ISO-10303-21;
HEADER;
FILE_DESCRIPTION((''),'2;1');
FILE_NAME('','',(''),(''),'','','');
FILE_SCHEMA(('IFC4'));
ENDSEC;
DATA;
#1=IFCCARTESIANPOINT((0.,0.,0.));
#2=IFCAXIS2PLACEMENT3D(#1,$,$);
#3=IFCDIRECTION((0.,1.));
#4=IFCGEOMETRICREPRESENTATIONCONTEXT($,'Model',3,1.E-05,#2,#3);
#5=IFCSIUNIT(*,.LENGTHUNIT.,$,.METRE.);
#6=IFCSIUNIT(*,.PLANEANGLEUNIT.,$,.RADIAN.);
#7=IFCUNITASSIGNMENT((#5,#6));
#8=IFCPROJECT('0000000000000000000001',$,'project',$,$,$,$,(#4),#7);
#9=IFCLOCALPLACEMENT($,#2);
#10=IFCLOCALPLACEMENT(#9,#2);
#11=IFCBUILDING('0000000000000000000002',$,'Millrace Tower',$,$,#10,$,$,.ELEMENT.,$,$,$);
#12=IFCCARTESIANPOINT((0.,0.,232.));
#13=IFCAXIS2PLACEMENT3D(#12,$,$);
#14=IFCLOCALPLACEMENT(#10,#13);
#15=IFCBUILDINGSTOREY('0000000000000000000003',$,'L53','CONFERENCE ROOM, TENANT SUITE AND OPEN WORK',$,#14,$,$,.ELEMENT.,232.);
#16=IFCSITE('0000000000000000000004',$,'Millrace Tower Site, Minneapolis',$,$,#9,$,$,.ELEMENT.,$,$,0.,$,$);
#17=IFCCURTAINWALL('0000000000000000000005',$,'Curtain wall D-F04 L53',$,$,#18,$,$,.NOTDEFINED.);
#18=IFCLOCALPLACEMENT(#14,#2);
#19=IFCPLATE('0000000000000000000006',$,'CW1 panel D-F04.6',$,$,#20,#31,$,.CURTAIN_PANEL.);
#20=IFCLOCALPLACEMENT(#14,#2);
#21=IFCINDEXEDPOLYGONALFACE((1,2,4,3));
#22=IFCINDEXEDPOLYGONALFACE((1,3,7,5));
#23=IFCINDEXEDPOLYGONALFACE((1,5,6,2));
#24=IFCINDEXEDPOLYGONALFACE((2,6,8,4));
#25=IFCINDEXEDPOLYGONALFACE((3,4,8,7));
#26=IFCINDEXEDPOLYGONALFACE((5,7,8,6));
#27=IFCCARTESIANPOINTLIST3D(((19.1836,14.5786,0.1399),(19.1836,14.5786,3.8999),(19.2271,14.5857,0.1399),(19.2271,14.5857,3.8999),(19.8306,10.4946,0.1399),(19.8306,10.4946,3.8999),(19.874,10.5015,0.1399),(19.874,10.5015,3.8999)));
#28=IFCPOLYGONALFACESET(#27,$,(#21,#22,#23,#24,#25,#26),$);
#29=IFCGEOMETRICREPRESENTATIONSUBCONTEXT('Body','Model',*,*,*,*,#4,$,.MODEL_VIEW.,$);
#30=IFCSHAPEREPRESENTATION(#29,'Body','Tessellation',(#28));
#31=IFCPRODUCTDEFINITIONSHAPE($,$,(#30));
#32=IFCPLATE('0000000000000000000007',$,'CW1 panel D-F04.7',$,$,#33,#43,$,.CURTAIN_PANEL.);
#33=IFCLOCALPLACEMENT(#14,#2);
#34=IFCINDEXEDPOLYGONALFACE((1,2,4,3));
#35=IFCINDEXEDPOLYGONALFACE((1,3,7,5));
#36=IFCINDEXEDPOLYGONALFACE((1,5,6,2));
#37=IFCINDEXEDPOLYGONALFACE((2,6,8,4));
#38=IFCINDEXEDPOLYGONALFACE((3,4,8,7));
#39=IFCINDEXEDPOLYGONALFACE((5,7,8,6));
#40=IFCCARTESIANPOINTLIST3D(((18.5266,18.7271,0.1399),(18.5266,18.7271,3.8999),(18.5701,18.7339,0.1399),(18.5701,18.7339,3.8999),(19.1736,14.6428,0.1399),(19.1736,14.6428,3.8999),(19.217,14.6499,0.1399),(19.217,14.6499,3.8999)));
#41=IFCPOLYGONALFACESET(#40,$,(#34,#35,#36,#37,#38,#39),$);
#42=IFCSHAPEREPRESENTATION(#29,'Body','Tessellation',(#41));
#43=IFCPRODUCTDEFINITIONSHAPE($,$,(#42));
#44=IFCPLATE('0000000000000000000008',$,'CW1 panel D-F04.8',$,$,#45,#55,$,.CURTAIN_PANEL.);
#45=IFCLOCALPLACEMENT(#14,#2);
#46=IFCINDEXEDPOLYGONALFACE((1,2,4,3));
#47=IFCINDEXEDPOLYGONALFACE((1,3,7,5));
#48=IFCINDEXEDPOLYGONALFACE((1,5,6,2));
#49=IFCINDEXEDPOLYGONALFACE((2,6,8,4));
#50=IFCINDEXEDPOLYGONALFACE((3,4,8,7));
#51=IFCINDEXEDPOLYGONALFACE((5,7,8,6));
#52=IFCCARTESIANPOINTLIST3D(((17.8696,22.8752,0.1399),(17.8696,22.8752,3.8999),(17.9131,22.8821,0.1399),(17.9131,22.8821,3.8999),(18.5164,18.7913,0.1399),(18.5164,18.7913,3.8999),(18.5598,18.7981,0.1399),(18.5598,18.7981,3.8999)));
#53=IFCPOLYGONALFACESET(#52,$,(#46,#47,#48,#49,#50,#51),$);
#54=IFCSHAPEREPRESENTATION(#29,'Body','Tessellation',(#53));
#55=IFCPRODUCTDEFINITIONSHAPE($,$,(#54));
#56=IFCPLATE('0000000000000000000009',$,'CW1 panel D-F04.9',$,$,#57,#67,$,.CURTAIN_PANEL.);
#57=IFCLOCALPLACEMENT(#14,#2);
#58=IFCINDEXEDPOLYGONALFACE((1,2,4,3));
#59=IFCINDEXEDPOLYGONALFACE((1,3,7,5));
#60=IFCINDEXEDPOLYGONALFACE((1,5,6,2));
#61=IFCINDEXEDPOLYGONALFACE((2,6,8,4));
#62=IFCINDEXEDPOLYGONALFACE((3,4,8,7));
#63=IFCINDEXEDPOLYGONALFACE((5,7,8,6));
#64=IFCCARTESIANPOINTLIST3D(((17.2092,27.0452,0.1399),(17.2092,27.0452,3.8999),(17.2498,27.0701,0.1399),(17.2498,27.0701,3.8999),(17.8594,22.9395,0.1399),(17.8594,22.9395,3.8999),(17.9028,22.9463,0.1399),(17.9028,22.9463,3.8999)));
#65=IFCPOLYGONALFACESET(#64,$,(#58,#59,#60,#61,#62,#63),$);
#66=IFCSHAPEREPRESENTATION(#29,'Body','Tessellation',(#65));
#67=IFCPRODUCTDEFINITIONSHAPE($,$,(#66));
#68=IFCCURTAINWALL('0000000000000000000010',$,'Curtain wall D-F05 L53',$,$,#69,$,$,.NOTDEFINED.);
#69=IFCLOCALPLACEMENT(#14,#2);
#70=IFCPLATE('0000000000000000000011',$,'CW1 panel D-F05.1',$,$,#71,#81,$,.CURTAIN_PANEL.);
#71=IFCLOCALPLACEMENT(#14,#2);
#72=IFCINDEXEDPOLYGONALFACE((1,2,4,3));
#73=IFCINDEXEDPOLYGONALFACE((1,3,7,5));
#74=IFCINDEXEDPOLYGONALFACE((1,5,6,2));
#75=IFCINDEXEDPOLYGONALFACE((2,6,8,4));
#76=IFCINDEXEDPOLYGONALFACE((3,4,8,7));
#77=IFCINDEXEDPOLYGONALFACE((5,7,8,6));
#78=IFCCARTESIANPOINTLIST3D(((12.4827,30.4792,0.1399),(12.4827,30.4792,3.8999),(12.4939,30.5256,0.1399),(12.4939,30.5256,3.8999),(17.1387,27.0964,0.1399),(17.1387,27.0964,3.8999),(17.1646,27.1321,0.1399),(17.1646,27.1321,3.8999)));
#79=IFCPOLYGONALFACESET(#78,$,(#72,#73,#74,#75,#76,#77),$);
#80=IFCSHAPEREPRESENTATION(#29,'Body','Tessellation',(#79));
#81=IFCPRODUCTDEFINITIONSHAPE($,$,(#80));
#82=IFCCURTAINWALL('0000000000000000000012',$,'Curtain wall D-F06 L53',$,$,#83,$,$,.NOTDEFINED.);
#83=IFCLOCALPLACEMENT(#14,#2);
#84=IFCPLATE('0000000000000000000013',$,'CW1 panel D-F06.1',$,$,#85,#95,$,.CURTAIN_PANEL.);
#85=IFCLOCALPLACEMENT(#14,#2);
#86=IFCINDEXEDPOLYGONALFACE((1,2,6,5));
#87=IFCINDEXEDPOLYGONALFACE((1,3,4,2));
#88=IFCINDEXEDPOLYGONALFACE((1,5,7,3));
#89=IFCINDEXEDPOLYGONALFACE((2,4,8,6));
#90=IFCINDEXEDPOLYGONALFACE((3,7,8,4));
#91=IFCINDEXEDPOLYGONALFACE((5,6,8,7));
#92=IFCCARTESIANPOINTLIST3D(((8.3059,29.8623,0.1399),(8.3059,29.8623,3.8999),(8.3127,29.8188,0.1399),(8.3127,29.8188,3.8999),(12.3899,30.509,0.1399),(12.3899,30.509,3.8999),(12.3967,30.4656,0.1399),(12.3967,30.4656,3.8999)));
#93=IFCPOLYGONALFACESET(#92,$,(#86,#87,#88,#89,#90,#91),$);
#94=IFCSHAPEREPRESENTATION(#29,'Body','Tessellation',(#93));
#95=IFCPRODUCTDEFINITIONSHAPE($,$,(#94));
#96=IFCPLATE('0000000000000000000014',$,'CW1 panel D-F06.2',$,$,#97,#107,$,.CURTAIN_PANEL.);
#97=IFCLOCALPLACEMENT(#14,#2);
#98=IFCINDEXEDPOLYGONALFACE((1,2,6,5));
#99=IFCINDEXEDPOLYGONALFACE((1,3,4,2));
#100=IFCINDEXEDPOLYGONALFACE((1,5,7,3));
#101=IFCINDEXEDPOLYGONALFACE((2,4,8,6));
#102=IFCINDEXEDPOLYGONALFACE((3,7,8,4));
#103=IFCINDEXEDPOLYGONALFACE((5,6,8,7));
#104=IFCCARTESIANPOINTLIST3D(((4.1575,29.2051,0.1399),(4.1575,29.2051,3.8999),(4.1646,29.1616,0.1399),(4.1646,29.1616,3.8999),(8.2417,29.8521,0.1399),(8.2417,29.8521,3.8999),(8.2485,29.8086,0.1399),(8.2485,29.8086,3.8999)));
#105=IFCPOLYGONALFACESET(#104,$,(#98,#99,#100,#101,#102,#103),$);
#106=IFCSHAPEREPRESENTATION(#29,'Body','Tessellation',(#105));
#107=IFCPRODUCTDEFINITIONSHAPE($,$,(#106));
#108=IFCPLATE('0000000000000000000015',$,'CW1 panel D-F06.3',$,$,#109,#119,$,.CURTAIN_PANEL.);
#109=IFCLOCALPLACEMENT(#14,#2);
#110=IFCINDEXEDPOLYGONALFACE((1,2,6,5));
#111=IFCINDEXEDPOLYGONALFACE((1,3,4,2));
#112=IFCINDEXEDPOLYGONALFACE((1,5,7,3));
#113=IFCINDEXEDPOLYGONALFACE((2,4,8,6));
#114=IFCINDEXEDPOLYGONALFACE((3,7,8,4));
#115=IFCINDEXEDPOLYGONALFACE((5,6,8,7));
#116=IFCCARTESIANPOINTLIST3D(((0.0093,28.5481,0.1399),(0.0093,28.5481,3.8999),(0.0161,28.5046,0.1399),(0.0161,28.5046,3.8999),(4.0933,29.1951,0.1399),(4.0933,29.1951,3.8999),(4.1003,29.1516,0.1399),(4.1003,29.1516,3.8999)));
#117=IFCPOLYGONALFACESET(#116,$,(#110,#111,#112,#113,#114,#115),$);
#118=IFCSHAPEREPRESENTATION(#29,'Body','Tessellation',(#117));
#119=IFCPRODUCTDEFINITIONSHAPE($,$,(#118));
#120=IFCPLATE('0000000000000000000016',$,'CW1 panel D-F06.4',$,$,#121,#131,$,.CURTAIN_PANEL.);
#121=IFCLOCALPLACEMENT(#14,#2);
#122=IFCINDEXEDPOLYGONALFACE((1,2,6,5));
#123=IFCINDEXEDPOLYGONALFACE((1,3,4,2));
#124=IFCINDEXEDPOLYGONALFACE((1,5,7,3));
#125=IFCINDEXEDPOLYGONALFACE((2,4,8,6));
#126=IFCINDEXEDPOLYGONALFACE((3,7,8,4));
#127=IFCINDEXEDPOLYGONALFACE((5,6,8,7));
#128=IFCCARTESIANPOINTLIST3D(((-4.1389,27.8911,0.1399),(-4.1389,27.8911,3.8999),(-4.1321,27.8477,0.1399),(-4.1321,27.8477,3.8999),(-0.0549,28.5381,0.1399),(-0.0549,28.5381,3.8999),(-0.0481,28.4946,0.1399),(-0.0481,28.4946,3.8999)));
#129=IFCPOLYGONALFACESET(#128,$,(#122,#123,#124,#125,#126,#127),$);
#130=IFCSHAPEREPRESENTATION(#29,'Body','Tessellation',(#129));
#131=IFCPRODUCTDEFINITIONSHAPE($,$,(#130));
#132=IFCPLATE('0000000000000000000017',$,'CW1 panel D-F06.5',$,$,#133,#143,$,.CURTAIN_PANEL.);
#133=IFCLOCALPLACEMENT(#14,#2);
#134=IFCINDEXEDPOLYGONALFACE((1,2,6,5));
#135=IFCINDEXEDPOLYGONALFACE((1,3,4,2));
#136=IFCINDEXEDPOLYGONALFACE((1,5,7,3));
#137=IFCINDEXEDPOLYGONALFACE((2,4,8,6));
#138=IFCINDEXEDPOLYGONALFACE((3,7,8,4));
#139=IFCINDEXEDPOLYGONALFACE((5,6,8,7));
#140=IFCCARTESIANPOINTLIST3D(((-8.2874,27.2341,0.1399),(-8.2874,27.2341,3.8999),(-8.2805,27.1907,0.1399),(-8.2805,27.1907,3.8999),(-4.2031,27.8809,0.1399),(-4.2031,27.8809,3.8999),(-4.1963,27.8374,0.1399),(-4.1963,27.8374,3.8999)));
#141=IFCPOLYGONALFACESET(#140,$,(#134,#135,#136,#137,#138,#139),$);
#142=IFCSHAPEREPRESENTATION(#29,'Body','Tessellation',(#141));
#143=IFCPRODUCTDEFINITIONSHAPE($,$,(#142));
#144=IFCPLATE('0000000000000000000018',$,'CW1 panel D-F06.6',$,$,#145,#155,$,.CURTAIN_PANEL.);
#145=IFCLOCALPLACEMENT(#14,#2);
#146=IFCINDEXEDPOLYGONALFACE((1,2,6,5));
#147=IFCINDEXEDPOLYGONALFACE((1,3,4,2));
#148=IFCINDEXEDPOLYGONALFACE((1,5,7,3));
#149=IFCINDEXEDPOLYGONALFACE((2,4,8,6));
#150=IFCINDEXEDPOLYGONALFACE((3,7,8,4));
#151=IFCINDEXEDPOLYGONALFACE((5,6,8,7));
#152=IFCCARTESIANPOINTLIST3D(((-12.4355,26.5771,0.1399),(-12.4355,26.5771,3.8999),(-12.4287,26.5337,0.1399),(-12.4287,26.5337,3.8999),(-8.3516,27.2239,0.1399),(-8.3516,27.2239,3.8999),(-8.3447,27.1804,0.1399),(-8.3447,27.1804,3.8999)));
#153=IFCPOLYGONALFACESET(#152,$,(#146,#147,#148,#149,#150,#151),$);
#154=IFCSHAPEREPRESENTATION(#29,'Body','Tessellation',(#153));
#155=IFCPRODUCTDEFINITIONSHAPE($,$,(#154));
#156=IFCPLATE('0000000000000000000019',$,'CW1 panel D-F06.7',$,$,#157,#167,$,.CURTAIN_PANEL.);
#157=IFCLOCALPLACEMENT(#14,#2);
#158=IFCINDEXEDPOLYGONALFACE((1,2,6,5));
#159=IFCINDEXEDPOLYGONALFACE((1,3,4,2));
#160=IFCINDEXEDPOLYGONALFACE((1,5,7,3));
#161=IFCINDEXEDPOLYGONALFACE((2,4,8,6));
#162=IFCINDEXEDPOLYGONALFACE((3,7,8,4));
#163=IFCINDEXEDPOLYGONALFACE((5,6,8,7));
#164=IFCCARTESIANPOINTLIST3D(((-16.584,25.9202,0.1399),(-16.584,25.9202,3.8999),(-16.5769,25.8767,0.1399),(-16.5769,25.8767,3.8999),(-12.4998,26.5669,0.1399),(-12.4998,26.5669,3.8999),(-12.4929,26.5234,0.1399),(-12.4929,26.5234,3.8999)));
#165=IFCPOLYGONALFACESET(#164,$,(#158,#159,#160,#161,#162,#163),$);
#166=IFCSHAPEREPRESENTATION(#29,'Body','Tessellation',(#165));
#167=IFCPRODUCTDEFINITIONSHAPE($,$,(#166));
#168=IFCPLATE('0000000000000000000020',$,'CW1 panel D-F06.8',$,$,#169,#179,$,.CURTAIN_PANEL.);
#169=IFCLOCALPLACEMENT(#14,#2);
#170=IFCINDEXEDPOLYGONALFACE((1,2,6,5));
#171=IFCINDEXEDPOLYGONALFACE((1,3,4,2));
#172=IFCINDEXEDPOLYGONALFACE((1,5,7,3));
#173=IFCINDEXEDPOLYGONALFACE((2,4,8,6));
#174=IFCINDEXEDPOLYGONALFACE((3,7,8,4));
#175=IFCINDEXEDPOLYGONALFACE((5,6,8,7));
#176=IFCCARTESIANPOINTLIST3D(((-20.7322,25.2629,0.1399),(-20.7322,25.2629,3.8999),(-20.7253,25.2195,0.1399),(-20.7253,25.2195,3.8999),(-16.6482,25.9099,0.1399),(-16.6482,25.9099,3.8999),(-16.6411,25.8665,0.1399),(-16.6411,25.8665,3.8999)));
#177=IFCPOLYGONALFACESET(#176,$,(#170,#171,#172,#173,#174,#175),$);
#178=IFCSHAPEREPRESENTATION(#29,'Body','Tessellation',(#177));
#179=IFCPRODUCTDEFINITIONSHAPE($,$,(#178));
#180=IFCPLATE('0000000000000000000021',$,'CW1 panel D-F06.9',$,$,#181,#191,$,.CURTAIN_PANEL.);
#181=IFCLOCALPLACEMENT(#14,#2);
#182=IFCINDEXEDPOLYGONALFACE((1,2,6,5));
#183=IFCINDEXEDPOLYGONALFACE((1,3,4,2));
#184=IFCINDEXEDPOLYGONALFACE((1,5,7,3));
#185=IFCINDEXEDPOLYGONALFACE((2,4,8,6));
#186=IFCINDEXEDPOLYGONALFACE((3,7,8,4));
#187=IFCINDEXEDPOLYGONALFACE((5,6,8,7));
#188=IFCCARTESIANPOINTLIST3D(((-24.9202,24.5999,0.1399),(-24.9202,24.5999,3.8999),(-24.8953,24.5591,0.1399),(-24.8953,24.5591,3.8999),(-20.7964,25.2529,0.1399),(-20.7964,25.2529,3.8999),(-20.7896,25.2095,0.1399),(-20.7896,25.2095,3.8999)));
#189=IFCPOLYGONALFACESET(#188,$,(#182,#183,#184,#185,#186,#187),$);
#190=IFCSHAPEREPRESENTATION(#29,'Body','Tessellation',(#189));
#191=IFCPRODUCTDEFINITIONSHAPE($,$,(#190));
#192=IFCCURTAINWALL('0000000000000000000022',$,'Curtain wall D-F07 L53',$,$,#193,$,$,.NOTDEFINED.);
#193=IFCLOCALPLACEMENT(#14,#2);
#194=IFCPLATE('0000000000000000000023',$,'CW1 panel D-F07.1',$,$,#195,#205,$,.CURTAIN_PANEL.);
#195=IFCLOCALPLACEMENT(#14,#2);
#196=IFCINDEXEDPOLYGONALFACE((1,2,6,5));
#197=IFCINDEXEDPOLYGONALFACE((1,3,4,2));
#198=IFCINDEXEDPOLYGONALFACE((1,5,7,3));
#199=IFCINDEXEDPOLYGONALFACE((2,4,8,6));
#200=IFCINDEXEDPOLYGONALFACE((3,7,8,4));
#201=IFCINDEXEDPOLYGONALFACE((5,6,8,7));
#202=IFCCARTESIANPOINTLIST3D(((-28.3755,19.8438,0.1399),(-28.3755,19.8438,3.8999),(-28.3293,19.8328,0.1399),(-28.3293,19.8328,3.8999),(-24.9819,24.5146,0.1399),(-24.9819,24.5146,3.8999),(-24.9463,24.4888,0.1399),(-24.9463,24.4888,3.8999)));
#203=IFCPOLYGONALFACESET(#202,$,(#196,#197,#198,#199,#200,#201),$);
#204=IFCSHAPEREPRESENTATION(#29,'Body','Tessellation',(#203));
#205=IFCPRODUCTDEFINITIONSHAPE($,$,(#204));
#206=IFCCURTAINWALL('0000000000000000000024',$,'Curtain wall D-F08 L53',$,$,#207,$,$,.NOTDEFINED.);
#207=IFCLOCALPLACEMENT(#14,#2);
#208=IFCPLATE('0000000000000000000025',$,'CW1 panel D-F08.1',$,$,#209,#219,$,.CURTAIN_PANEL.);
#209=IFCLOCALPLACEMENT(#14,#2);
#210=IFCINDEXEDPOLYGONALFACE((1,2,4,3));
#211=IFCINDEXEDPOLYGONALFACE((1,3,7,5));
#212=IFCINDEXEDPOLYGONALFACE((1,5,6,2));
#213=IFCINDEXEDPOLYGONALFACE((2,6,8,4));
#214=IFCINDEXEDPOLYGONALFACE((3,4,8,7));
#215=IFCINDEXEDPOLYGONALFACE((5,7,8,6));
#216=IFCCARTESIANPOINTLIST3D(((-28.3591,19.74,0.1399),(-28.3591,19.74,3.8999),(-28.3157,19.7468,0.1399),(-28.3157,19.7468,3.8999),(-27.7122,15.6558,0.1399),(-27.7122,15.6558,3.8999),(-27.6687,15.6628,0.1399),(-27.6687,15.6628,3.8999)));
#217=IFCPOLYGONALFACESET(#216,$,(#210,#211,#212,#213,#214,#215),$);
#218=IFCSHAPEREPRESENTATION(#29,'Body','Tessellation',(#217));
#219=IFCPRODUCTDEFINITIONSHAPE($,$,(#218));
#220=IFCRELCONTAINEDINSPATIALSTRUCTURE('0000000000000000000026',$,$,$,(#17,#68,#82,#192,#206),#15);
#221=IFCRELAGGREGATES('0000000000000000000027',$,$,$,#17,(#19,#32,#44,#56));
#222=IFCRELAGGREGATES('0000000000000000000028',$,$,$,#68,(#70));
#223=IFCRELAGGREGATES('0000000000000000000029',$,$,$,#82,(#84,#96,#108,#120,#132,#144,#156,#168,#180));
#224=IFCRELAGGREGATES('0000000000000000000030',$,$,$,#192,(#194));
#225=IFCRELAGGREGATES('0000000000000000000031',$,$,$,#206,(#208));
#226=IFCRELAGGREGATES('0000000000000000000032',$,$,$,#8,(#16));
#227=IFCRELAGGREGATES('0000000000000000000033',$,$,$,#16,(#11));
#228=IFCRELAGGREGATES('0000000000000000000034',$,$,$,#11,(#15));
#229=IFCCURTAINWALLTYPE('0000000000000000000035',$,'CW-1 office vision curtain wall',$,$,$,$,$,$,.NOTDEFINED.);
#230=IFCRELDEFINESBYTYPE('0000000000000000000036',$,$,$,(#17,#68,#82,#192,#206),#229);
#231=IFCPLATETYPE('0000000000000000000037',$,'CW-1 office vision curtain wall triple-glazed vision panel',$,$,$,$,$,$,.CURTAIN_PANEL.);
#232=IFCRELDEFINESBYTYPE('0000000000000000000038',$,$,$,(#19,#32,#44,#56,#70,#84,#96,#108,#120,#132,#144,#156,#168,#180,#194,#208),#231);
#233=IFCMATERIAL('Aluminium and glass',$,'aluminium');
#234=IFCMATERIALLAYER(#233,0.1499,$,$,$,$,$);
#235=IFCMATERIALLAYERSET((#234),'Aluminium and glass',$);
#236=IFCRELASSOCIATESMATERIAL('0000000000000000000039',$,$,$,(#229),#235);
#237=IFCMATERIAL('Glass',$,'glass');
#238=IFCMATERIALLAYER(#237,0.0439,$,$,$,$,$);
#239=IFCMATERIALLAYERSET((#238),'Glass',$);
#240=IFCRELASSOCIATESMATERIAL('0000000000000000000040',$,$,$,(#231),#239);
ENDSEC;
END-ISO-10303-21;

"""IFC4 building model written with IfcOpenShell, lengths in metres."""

from ifc_helpers import new_model, si_unit, direction, frame, origin, place, context, subcontext, project, spatial, polyline, outline, extrude, material, layer, layer_set, type_object, element, aggregate, save


model = new_model("IFC4")

# Units and contexts
model_context = context("Model", 3, precision=1e-05, world=origin(), true_north=direction((0.0, 1.0)))
body_context = subcontext(model_context, "Body", "Model", "MODEL_VIEW")
ifc_project = project(units=[si_unit("LENGTHUNIT", "METRE"), si_unit("PLANEANGLEUNIT", "RADIAN")], contexts=[model_context])

# Site, building, storey
site_placement = place(None, origin())
site = spatial("IfcSite", under=ifc_project, at=site_placement, Name="Millrace Tower Site, Minneapolis", CompositionType="ELEMENT", RefElevation=0.0)
building_placement = place(site_placement, origin())
building = spatial("IfcBuilding", under=site, at=building_placement, Name="Millrace Tower", CompositionType="ELEMENT")
storey_placement = place(building_placement, frame((0.0, 0.0, 232.0)))
storey = spatial("IfcBuildingStorey", under=building, at=storey_placement, Name="L53", Description="CONFERENCE ROOM, TENANT SUITE AND OPEN WORK", CompositionType="ELEMENT", Elevation=232.0)

# Curtain wall, plates
ifc_material_1 = material(Name="Aluminium and glass", Category="aluminium")
ifc_layer_1 = layer(ifc_material_1, 0.1499)
ifc_layer_set_1 = layer_set([ifc_layer_1], Name="Aluminium and glass")
curtain_wall_type = type_object("IfcCurtainWallType", Name="CW-1 office vision curtain wall", PredefinedType="NOTDEFINED", material=ifc_layer_set_1)
placement_1 = place(storey_placement, origin())
curtain_wall_1 = element("IfcCurtainWall", 1, at=placement_1, inside=storey, type_object=curtain_wall_type, Name="Curtain wall D-F04 L53", PredefinedType="NOTDEFINED")
ifc_material_2 = material(Name="Glass", Category="glass")
ifc_layer_2 = layer(ifc_material_2, 0.0439)
ifc_layer_set_2 = layer_set([ifc_layer_2], Name="Glass")
plate_type = type_object("IfcPlateType", Name="CW-1 office vision curtain wall triple-glazed vision panel", PredefinedType="CURTAIN_PANEL", material=ifc_layer_set_2)
placement_2 = place(storey_placement, frame((0.0, 0.0, 0.1399)))
plate_1 = element("IfcPlate", 2, at=placement_2, type_object=plate_type, Name="CW1 panel D-F04.6", PredefinedType="CURTAIN_PANEL", context=body_context, shape_type="SweptSolid", body=[
    extrude(outline(polyline([(19.874, 10.5015), (19.2271, 14.5857), (19.1836, 14.5786), (19.8306, 10.4946), (19.874, 10.5015)])), origin(), (0.0, 0.0, 1.0), 3.76),
])
plate_2 = element("IfcPlate", 3, at=placement_2, type_object=plate_type, Name="CW1 panel D-F04.7", PredefinedType="CURTAIN_PANEL", context=body_context, shape_type="SweptSolid", body=[
    extrude(outline(polyline([(19.217, 14.6499), (18.5701, 18.7339), (18.5266, 18.7271), (19.1736, 14.6428), (19.217, 14.6499)])), origin(), (0.0, 0.0, 1.0), 3.76),
])
plate_3 = element("IfcPlate", 4, at=placement_2, type_object=plate_type, Name="CW1 panel D-F04.8", PredefinedType="CURTAIN_PANEL", context=body_context, shape_type="SweptSolid", body=[
    extrude(outline(polyline([(18.5598, 18.7981), (17.9131, 22.8821), (17.8696, 22.8752), (18.5164, 18.7913), (18.5598, 18.7981)])), origin(), (0.0, 0.0, 1.0), 3.76),
])
plate_4 = element("IfcPlate", 5, at=placement_2, type_object=plate_type, Name="CW1 panel D-F04.9", PredefinedType="CURTAIN_PANEL", context=body_context, shape_type="SweptSolid", body=[
    extrude(outline(polyline([(17.9028, 22.9463), (17.2498, 27.0701), (17.2092, 27.0452), (17.8594, 22.9395), (17.9028, 22.9463)])), origin(), (0.0, 0.0, 1.0), 3.76),
])
aggregate(curtain_wall_1, [plate_1, plate_2, plate_3, plate_4])

# Curtain wall, plate
curtain_wall_2 = element("IfcCurtainWall", 6, at=placement_1, inside=storey, type_object=curtain_wall_type, Name="Curtain wall D-F05 L53", PredefinedType="NOTDEFINED")
plate_5 = element("IfcPlate", 7, at=placement_2, type_object=plate_type, Name="CW1 panel D-F05.1", PredefinedType="CURTAIN_PANEL", context=body_context, shape_type="SweptSolid", body=[
    extrude(outline(polyline([(17.1646, 27.1321), (12.4939, 30.5256), (12.4827, 30.4792), (17.1387, 27.0964), (17.1646, 27.1321)])), origin(), (0.0, 0.0, 1.0), 3.76),
])
aggregate(curtain_wall_2, [plate_5])

# Curtain wall, plates
curtain_wall_3 = element("IfcCurtainWall", 8, at=placement_1, inside=storey, type_object=curtain_wall_type, Name="Curtain wall D-F06 L53", PredefinedType="NOTDEFINED")
plate_6 = element("IfcPlate", 9, at=placement_2, type_object=plate_type, Name="CW1 panel D-F06.1", PredefinedType="CURTAIN_PANEL", context=body_context, shape_type="SweptSolid", body=[
    extrude(outline(polyline([(12.3899, 30.509), (8.3059, 29.8623), (8.3127, 29.8188), (12.3967, 30.4656), (12.3899, 30.509)])), origin(), (0.0, 0.0, 1.0), 3.76),
])
plate_7 = element("IfcPlate", 10, at=placement_2, type_object=plate_type, Name="CW1 panel D-F06.2", PredefinedType="CURTAIN_PANEL", context=body_context, shape_type="SweptSolid", body=[
    extrude(outline(polyline([(8.2417, 29.8521), (4.1575, 29.2051), (4.1646, 29.1616), (8.2485, 29.8086), (8.2417, 29.8521)])), origin(), (0.0, 0.0, 1.0), 3.76),
])
plate_8 = element("IfcPlate", 11, at=placement_2, type_object=plate_type, Name="CW1 panel D-F06.3", PredefinedType="CURTAIN_PANEL", context=body_context, shape_type="SweptSolid", body=[
    extrude(outline(polyline([(4.0933, 29.1951), (0.0093, 28.5481), (0.0161, 28.5046), (4.1003, 29.1516), (4.0933, 29.1951)])), origin(), (0.0, 0.0, 1.0), 3.76),
])
plate_9 = element("IfcPlate", 12, at=placement_2, type_object=plate_type, Name="CW1 panel D-F06.4", PredefinedType="CURTAIN_PANEL", context=body_context, shape_type="SweptSolid", body=[
    extrude(outline(polyline([(-0.0549, 28.5381), (-4.1389, 27.8911), (-4.1321, 27.8477), (-0.0481, 28.4946), (-0.0549, 28.5381)])), origin(), (0.0, 0.0, 1.0), 3.76),
])
plate_10 = element("IfcPlate", 13, at=placement_2, type_object=plate_type, Name="CW1 panel D-F06.5", PredefinedType="CURTAIN_PANEL", context=body_context, shape_type="SweptSolid", body=[
    extrude(outline(polyline([(-4.2031, 27.8809), (-8.2874, 27.2341), (-8.2805, 27.1907), (-4.1963, 27.8374), (-4.2031, 27.8809)])), origin(), (0.0, 0.0, 1.0), 3.76),
])
plate_11 = element("IfcPlate", 14, at=placement_2, type_object=plate_type, Name="CW1 panel D-F06.6", PredefinedType="CURTAIN_PANEL", context=body_context, shape_type="SweptSolid", body=[
    extrude(outline(polyline([(-8.3516, 27.2239), (-12.4355, 26.5771), (-12.4287, 26.5337), (-8.3447, 27.1804), (-8.3516, 27.2239)])), origin(), (0.0, 0.0, 1.0), 3.76),
])
plate_12 = element("IfcPlate", 15, at=placement_2, type_object=plate_type, Name="CW1 panel D-F06.7", PredefinedType="CURTAIN_PANEL", context=body_context, shape_type="SweptSolid", body=[
    extrude(outline(polyline([(-12.4998, 26.5669), (-16.584, 25.9202), (-16.5769, 25.8767), (-12.4929, 26.5234), (-12.4998, 26.5669)])), origin(), (0.0, 0.0, 1.0), 3.76),
])
plate_13 = element("IfcPlate", 16, at=placement_2, type_object=plate_type, Name="CW1 panel D-F06.8", PredefinedType="CURTAIN_PANEL", context=body_context, shape_type="SweptSolid", body=[
    extrude(outline(polyline([(-16.6482, 25.9099), (-20.7322, 25.2629), (-20.7253, 25.2195), (-16.6411, 25.8665), (-16.6482, 25.9099)])), origin(), (0.0, 0.0, 1.0), 3.76),
])
plate_14 = element("IfcPlate", 17, at=placement_2, type_object=plate_type, Name="CW1 panel D-F06.9", PredefinedType="CURTAIN_PANEL", context=body_context, shape_type="SweptSolid", body=[
    extrude(outline(polyline([(-20.7964, 25.2529), (-24.9202, 24.5999), (-24.8953, 24.5591), (-20.7896, 25.2095), (-20.7964, 25.2529)])), origin(), (0.0, 0.0, 1.0), 3.76),
])
aggregate(curtain_wall_3, [plate_6, plate_7, plate_8, plate_9, plate_10, plate_11, plate_12, plate_13, plate_14])

# Curtain wall, plate
curtain_wall_4 = element("IfcCurtainWall", 18, at=placement_1, inside=storey, type_object=curtain_wall_type, Name="Curtain wall D-F07 L53", PredefinedType="NOTDEFINED")
plate_15 = element("IfcPlate", 19, at=placement_2, type_object=plate_type, Name="CW1 panel D-F07.1", PredefinedType="CURTAIN_PANEL", context=body_context, shape_type="SweptSolid", body=[
    extrude(outline(polyline([(-24.9819, 24.5146), (-28.3755, 19.8438), (-28.3293, 19.8328), (-24.9463, 24.4888), (-24.9819, 24.5146)])), origin(), (0.0, 0.0, 1.0), 3.76),
])
aggregate(curtain_wall_4, [plate_15])

# Curtain wall, plate
curtain_wall_5 = element("IfcCurtainWall", 20, at=placement_1, inside=storey, type_object=curtain_wall_type, Name="Curtain wall D-F08 L53", PredefinedType="NOTDEFINED")
plate_16 = element("IfcPlate", 21, at=placement_2, type_object=plate_type, Name="CW1 panel D-F08.1", PredefinedType="CURTAIN_PANEL", context=body_context, shape_type="SweptSolid", body=[
    extrude(outline(polyline([(-28.3591, 19.74), (-27.7122, 15.6558), (-27.6687, 15.6628), (-28.3157, 19.7468), (-28.3591, 19.74)])), origin(), (0.0, 0.0, 1.0), 3.76),
])
aggregate(curtain_wall_5, [plate_16])

save(model, "model.ifc")
